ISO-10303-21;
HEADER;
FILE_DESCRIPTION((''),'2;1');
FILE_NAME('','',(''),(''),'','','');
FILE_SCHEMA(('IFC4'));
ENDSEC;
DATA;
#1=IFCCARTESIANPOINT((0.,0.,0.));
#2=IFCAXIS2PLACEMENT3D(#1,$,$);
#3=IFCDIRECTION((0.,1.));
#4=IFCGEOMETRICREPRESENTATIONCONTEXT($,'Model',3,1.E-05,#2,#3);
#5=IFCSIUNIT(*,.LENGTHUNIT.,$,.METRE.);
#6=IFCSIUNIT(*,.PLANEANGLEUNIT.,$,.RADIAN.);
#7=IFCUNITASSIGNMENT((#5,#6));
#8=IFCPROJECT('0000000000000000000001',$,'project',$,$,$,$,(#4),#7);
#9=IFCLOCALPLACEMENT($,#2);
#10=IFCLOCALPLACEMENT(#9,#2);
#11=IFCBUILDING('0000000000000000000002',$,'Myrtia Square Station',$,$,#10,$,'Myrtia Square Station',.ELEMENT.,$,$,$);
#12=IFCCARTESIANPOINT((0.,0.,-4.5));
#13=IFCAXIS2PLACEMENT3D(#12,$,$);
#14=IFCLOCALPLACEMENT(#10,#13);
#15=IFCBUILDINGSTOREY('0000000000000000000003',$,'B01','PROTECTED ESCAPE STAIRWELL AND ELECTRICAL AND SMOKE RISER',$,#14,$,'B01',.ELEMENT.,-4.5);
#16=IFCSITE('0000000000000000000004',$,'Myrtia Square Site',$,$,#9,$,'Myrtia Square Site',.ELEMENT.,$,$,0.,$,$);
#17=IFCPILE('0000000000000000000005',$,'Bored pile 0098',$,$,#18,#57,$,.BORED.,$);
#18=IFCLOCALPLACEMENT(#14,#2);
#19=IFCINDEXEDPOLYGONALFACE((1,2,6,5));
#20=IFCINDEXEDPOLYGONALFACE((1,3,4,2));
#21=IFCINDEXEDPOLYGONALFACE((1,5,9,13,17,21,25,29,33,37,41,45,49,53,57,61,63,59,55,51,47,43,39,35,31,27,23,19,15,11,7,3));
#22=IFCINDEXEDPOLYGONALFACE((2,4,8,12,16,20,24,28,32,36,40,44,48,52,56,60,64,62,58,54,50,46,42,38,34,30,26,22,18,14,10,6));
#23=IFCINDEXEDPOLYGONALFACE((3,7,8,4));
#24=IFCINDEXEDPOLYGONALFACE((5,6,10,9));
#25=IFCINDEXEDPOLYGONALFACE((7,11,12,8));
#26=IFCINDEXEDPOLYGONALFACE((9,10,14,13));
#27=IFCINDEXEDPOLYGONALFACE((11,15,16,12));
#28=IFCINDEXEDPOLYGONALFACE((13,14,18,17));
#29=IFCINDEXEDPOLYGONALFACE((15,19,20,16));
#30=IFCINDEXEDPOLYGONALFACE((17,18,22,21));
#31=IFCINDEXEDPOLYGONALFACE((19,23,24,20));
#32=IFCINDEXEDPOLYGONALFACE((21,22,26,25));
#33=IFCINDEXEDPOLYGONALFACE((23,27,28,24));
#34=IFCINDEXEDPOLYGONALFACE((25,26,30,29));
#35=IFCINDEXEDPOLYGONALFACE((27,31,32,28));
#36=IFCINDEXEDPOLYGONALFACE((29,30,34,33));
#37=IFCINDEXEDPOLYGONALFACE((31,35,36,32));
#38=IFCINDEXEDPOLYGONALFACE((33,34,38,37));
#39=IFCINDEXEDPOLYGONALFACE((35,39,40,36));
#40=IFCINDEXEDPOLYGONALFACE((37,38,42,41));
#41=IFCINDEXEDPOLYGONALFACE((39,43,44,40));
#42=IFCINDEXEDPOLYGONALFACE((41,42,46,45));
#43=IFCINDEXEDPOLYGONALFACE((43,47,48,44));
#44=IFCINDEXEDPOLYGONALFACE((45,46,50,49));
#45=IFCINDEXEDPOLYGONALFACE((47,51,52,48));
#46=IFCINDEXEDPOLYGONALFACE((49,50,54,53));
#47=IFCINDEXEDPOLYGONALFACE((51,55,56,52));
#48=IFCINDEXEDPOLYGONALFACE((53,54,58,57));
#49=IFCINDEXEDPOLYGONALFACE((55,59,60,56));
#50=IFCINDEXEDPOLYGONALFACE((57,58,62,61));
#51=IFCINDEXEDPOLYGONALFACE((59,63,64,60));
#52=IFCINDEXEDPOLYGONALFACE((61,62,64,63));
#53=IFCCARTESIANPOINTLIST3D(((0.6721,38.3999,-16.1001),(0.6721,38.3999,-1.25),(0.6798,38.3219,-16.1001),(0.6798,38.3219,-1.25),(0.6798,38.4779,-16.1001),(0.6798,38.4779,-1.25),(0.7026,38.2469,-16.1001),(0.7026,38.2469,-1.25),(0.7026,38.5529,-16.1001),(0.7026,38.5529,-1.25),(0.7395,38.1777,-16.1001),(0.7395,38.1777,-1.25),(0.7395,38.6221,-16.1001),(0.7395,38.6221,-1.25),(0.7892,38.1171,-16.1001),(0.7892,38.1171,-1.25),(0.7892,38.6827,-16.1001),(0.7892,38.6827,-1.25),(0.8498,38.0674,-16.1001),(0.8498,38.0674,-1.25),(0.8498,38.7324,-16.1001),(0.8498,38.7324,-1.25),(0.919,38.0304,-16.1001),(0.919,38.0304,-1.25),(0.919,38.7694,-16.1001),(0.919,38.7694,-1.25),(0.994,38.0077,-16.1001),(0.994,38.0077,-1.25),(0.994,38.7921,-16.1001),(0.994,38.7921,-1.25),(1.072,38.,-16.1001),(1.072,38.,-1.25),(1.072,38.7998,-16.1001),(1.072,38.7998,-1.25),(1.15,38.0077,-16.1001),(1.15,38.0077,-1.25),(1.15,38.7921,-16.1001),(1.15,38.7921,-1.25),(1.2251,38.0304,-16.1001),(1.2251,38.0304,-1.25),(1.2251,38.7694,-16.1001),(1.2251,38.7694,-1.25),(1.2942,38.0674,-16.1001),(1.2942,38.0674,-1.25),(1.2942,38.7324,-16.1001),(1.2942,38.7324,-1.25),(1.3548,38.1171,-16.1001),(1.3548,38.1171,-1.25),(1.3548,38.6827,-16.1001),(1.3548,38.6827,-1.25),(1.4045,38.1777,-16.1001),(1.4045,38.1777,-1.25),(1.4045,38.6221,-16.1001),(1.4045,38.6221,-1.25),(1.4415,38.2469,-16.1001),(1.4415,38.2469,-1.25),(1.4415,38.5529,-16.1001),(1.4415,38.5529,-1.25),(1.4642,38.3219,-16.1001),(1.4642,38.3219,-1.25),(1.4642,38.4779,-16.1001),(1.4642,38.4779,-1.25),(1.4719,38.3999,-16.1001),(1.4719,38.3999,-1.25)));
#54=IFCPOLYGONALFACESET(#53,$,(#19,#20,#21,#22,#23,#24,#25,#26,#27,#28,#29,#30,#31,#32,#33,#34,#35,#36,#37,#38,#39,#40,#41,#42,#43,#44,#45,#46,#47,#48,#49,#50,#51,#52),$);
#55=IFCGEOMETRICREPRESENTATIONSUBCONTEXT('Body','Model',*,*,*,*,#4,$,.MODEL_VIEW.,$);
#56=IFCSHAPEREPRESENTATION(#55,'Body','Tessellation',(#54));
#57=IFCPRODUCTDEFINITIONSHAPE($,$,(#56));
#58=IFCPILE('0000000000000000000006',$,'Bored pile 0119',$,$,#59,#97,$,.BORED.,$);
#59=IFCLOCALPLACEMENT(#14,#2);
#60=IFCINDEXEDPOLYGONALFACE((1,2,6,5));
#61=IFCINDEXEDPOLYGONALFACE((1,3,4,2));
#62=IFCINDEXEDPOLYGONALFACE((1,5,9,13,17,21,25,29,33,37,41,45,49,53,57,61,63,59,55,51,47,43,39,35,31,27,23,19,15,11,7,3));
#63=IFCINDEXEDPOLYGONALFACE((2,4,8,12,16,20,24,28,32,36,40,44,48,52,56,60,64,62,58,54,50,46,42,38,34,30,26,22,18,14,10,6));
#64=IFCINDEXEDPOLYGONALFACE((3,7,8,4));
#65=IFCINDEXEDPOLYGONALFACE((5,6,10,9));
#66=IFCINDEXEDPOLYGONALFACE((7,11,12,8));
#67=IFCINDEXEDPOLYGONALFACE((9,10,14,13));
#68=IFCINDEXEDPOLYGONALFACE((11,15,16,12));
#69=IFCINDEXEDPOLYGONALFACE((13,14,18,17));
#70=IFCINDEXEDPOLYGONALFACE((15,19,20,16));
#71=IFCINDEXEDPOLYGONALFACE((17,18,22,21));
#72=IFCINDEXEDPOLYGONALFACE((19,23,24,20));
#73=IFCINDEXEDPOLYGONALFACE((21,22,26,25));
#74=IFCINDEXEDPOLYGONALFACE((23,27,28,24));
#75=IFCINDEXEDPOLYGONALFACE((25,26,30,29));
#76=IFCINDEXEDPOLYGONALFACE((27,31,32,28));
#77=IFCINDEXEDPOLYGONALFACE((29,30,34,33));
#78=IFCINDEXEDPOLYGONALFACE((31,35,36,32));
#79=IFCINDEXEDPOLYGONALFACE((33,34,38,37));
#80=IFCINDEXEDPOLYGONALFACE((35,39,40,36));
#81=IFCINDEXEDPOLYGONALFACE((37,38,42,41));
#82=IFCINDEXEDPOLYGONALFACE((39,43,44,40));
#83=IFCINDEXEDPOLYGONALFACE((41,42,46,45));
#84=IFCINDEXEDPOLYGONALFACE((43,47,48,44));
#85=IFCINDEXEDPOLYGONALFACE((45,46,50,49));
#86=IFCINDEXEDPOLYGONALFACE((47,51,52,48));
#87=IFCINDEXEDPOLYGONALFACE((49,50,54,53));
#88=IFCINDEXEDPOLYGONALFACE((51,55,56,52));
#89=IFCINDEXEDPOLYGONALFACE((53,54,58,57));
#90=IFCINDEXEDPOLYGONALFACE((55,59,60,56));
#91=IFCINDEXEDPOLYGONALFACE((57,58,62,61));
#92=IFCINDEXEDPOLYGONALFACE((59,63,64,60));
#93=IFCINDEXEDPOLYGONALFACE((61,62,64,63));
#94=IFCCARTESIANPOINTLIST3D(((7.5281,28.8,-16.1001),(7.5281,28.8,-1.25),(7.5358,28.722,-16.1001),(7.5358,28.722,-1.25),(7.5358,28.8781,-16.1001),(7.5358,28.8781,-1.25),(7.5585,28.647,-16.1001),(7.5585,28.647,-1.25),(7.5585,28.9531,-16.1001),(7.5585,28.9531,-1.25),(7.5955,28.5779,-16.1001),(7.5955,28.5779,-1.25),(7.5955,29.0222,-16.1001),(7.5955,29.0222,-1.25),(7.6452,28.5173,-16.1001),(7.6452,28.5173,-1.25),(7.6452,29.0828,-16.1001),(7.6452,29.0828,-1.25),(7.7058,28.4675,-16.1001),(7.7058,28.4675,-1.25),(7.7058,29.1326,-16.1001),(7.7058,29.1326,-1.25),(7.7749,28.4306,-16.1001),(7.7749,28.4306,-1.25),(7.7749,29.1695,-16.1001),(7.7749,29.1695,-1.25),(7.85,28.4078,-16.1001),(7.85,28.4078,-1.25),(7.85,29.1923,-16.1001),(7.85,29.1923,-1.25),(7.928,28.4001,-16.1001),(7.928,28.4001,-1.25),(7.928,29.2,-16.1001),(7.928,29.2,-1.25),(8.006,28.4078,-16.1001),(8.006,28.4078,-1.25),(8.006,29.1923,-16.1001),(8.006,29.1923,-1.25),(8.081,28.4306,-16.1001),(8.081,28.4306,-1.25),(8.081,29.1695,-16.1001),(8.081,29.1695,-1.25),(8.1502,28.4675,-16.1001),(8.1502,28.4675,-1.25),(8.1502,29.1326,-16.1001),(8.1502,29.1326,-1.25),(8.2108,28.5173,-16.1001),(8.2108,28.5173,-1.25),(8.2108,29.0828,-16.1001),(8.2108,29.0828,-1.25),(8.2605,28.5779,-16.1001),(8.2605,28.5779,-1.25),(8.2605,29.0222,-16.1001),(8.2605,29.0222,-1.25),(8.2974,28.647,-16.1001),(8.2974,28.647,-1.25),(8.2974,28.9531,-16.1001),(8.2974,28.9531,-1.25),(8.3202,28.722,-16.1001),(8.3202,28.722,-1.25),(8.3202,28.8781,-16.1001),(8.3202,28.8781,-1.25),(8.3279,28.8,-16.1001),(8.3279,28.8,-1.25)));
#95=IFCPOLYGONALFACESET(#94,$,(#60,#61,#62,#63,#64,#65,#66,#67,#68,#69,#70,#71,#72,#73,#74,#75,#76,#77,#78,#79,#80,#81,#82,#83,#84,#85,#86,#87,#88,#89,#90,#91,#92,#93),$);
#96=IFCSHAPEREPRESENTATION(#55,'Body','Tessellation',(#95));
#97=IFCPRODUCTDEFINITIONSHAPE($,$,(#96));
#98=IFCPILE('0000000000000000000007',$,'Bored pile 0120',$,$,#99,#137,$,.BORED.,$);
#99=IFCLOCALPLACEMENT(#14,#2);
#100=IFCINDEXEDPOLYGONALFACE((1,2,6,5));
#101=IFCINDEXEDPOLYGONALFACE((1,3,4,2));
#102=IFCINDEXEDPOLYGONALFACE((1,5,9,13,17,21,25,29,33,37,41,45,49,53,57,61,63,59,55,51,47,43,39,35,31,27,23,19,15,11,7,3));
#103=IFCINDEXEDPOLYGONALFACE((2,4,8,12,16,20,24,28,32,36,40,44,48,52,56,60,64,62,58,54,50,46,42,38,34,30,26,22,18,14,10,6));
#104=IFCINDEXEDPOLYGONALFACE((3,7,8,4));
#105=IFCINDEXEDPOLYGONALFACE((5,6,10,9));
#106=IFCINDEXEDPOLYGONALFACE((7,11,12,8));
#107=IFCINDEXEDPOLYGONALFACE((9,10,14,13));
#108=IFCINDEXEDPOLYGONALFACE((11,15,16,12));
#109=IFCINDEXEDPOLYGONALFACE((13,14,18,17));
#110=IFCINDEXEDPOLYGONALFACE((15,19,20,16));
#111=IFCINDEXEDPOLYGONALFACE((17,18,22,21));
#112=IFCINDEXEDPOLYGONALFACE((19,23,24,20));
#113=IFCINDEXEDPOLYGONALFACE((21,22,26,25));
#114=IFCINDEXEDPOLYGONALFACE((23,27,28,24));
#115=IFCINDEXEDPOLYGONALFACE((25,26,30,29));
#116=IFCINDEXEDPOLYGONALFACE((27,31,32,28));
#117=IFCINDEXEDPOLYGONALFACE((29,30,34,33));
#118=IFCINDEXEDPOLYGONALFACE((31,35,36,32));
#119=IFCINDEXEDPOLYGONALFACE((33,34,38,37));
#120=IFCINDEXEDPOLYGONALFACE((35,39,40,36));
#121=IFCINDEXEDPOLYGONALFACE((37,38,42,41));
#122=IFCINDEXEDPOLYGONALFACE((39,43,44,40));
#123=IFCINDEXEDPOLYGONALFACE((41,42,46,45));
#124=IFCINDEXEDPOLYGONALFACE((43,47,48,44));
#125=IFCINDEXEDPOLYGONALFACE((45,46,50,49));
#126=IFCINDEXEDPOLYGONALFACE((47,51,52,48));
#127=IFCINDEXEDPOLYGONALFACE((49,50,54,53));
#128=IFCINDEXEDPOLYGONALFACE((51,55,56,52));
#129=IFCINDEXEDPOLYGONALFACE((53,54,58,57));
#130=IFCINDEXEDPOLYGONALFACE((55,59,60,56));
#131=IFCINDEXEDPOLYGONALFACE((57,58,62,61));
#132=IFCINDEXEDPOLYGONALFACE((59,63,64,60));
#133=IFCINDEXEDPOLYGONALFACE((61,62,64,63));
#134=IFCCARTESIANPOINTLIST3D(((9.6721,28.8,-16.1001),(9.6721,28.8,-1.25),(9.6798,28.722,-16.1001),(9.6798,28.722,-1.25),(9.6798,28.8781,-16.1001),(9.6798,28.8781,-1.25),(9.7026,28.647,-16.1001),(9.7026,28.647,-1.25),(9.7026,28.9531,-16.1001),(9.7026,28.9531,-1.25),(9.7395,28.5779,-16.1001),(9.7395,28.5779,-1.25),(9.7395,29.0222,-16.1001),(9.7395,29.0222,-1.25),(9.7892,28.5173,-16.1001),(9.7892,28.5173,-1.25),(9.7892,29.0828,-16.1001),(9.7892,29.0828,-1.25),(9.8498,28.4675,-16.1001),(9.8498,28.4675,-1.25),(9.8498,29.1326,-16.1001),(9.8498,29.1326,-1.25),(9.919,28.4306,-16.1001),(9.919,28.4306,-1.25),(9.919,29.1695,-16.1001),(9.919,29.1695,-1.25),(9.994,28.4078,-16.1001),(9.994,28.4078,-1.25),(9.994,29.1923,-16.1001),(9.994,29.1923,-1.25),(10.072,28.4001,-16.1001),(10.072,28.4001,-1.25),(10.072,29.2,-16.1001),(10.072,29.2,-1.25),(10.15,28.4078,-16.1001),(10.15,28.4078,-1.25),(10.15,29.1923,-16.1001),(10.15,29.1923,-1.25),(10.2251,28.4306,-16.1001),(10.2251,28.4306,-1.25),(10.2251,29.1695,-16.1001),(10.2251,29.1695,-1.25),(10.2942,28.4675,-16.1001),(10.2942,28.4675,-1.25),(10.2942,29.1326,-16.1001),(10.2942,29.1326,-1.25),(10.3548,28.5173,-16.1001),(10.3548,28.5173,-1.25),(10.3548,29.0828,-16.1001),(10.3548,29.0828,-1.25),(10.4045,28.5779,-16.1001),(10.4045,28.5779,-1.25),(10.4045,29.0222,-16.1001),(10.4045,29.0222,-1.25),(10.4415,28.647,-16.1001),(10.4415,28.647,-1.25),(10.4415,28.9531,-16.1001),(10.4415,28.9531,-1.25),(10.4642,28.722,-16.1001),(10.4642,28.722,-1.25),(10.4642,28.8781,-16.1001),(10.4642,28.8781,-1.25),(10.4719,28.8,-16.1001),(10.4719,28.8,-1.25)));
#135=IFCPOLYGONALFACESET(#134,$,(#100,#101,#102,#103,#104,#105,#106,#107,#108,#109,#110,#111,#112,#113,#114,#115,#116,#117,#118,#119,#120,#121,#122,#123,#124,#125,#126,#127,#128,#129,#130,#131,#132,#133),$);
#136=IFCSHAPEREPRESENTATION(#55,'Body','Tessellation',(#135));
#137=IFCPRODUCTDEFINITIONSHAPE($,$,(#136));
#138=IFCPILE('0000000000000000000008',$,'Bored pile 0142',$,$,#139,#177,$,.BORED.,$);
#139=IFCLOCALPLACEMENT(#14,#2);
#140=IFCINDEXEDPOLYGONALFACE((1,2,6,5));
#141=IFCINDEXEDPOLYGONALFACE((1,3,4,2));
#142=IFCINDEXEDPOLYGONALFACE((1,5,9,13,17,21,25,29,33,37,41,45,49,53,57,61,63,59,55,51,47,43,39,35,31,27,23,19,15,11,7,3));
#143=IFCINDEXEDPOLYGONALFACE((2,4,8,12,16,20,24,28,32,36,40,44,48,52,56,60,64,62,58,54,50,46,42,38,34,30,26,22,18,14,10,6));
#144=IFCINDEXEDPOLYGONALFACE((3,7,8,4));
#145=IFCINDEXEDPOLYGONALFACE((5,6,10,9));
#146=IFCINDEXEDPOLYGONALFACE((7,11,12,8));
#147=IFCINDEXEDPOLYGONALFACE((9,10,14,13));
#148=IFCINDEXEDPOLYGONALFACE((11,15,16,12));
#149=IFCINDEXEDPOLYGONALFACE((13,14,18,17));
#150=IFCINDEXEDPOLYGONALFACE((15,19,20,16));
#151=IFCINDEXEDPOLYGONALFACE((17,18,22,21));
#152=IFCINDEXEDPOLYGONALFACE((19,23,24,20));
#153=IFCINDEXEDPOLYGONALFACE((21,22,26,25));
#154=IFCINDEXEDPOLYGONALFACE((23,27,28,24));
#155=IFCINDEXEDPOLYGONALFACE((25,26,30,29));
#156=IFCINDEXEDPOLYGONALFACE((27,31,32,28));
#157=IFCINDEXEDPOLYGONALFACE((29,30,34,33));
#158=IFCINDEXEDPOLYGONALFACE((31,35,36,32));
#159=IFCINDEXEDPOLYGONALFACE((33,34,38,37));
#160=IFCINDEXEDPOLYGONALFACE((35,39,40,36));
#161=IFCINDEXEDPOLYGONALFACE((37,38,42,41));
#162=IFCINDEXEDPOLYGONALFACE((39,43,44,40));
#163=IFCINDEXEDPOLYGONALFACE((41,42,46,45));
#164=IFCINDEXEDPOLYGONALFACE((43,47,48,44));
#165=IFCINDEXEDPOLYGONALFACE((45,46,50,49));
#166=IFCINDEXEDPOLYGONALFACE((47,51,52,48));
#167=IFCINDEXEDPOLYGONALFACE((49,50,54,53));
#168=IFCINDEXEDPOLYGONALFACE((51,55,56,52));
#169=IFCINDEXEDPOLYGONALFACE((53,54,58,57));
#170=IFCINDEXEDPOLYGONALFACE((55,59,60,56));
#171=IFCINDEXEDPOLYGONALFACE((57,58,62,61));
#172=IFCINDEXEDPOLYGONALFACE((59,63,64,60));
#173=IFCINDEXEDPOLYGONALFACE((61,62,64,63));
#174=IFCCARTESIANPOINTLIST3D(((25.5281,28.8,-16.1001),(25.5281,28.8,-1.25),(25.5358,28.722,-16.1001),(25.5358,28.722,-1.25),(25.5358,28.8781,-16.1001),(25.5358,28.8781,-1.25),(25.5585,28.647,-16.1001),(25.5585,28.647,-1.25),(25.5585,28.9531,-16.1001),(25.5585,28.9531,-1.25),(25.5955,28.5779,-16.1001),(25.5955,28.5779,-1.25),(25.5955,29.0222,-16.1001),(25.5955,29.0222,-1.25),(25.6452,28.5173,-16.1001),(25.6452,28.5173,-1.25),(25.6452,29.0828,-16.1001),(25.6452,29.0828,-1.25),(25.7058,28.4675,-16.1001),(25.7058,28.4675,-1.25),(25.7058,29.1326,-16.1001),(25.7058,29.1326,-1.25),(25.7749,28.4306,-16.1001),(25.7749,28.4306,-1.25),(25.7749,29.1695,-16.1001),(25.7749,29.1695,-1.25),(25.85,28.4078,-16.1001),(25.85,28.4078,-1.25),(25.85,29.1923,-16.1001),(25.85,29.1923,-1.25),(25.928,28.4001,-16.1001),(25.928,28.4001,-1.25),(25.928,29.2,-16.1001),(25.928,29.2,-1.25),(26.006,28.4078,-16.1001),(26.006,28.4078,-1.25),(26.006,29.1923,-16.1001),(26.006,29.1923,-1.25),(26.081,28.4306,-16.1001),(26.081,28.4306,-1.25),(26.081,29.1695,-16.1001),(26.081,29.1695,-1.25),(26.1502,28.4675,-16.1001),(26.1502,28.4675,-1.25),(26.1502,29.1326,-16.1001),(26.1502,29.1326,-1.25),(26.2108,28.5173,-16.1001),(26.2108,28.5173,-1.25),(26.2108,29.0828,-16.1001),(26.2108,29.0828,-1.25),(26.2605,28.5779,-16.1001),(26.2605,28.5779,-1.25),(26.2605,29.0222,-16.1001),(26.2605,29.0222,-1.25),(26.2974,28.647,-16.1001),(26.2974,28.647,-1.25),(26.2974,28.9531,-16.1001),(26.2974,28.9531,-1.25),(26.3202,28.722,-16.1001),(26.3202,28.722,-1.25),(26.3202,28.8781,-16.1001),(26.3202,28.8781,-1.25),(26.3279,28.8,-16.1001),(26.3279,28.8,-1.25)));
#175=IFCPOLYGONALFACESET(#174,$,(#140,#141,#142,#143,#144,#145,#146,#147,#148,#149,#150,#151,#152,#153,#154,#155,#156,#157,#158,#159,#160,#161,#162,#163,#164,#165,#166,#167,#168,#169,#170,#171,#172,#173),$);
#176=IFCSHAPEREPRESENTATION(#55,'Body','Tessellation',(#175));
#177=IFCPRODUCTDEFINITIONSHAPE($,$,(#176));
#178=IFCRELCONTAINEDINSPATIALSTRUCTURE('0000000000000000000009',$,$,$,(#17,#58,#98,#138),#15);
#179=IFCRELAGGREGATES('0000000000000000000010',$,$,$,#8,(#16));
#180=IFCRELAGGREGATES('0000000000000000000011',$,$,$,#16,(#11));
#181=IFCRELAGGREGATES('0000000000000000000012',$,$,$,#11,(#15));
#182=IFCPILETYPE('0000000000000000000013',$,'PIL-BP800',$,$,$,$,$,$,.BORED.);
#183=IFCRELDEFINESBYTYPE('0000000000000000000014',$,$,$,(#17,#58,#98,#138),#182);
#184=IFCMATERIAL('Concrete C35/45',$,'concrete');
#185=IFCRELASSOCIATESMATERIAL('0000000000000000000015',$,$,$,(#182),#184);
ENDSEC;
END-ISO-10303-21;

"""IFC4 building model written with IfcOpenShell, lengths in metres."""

from ifc_helpers import new_model, si_unit, direction, frame, origin, origin_2d, place, context, subcontext, project, spatial, circle, extrude, material, material_profile, profile_set, type_object, element, save


model = new_model("IFC4")

# Units and contexts
model_context = context("Model", 3, precision=1e-05, world=origin(), true_north=direction((0.0, 1.0)))
body_context = subcontext(model_context, "Body", "Model", "MODEL_VIEW")
ifc_project = project(units=[si_unit("LENGTHUNIT", "METRE"), si_unit("PLANEANGLEUNIT", "RADIAN")], contexts=[model_context])

# Site, building, storey
site_placement = place(None, origin())
site = spatial("IfcSite", under=ifc_project, at=site_placement, Name="Myrtia Square Site", LongName="Myrtia Square Site", CompositionType="ELEMENT", RefElevation=0.0)
building_placement = place(site_placement, origin())
building = spatial("IfcBuilding", under=site, at=building_placement, Name="Myrtia Square Station", LongName="Myrtia Square Station", CompositionType="ELEMENT")
storey_placement = place(building_placement, frame((0.0, 0.0, -4.5)))
storey = spatial("IfcBuildingStorey", under=building, at=storey_placement, Name="B01", Description="PROTECTED ESCAPE STAIRWELL AND ELECTRICAL AND SMOKE RISER", LongName="B01", CompositionType="ELEMENT", Elevation=-4.5)

# Shared definitions
ifc_material_1 = material(Name="Concrete C35/45", Category="concrete")

# Piles
ifc_material_profile_1 = material_profile(ifc_material_1, circle(Radius=0.3999, at=origin_2d()), Name="BP D800")
ifc_profile_set_1 = profile_set([ifc_material_profile_1], Name="Concrete C35/45")
pile_type_1 = type_object("IfcPileType", Name="PIL-BP800", PredefinedType="BORED", material=ifc_profile_set_1)
for number, where, z_axis, x_axis, name in (
    (1, (1.072, 38.3999, -1.25), (0.0, 0.0, -1.0), (1.0, 0.0, 0.0), "Bored pile 0098"),
    (2, (7.928, 28.8, -1.25), (0.0, 0.0, -1.0), (1.0, 0.0, 0.0), "Bored pile 0119"),
    (3, (10.072, 28.8, -1.25), (0.0, 0.0, -1.0), (1.0, 0.0, 0.0), "Bored pile 0120"),
    (4, (25.928, 28.8, -1.25), (0.0, 0.0, -1.0), (1.0, 0.0, 0.0), "Bored pile 0142"),
):
    element("IfcPile", number, at=place(storey_placement, frame(where, z_axis=z_axis, x_axis=x_axis)), inside=storey, type_object=pile_type_1, Name=name, PredefinedType="BORED", context=body_context, shape_type="SweptSolid", body=[
        extrude(circle(Radius=0.3999, at=origin_2d()), origin(), (0.0, 0.0, 1.0), 14.8501),
    ])

save(model, "model.ifc")
